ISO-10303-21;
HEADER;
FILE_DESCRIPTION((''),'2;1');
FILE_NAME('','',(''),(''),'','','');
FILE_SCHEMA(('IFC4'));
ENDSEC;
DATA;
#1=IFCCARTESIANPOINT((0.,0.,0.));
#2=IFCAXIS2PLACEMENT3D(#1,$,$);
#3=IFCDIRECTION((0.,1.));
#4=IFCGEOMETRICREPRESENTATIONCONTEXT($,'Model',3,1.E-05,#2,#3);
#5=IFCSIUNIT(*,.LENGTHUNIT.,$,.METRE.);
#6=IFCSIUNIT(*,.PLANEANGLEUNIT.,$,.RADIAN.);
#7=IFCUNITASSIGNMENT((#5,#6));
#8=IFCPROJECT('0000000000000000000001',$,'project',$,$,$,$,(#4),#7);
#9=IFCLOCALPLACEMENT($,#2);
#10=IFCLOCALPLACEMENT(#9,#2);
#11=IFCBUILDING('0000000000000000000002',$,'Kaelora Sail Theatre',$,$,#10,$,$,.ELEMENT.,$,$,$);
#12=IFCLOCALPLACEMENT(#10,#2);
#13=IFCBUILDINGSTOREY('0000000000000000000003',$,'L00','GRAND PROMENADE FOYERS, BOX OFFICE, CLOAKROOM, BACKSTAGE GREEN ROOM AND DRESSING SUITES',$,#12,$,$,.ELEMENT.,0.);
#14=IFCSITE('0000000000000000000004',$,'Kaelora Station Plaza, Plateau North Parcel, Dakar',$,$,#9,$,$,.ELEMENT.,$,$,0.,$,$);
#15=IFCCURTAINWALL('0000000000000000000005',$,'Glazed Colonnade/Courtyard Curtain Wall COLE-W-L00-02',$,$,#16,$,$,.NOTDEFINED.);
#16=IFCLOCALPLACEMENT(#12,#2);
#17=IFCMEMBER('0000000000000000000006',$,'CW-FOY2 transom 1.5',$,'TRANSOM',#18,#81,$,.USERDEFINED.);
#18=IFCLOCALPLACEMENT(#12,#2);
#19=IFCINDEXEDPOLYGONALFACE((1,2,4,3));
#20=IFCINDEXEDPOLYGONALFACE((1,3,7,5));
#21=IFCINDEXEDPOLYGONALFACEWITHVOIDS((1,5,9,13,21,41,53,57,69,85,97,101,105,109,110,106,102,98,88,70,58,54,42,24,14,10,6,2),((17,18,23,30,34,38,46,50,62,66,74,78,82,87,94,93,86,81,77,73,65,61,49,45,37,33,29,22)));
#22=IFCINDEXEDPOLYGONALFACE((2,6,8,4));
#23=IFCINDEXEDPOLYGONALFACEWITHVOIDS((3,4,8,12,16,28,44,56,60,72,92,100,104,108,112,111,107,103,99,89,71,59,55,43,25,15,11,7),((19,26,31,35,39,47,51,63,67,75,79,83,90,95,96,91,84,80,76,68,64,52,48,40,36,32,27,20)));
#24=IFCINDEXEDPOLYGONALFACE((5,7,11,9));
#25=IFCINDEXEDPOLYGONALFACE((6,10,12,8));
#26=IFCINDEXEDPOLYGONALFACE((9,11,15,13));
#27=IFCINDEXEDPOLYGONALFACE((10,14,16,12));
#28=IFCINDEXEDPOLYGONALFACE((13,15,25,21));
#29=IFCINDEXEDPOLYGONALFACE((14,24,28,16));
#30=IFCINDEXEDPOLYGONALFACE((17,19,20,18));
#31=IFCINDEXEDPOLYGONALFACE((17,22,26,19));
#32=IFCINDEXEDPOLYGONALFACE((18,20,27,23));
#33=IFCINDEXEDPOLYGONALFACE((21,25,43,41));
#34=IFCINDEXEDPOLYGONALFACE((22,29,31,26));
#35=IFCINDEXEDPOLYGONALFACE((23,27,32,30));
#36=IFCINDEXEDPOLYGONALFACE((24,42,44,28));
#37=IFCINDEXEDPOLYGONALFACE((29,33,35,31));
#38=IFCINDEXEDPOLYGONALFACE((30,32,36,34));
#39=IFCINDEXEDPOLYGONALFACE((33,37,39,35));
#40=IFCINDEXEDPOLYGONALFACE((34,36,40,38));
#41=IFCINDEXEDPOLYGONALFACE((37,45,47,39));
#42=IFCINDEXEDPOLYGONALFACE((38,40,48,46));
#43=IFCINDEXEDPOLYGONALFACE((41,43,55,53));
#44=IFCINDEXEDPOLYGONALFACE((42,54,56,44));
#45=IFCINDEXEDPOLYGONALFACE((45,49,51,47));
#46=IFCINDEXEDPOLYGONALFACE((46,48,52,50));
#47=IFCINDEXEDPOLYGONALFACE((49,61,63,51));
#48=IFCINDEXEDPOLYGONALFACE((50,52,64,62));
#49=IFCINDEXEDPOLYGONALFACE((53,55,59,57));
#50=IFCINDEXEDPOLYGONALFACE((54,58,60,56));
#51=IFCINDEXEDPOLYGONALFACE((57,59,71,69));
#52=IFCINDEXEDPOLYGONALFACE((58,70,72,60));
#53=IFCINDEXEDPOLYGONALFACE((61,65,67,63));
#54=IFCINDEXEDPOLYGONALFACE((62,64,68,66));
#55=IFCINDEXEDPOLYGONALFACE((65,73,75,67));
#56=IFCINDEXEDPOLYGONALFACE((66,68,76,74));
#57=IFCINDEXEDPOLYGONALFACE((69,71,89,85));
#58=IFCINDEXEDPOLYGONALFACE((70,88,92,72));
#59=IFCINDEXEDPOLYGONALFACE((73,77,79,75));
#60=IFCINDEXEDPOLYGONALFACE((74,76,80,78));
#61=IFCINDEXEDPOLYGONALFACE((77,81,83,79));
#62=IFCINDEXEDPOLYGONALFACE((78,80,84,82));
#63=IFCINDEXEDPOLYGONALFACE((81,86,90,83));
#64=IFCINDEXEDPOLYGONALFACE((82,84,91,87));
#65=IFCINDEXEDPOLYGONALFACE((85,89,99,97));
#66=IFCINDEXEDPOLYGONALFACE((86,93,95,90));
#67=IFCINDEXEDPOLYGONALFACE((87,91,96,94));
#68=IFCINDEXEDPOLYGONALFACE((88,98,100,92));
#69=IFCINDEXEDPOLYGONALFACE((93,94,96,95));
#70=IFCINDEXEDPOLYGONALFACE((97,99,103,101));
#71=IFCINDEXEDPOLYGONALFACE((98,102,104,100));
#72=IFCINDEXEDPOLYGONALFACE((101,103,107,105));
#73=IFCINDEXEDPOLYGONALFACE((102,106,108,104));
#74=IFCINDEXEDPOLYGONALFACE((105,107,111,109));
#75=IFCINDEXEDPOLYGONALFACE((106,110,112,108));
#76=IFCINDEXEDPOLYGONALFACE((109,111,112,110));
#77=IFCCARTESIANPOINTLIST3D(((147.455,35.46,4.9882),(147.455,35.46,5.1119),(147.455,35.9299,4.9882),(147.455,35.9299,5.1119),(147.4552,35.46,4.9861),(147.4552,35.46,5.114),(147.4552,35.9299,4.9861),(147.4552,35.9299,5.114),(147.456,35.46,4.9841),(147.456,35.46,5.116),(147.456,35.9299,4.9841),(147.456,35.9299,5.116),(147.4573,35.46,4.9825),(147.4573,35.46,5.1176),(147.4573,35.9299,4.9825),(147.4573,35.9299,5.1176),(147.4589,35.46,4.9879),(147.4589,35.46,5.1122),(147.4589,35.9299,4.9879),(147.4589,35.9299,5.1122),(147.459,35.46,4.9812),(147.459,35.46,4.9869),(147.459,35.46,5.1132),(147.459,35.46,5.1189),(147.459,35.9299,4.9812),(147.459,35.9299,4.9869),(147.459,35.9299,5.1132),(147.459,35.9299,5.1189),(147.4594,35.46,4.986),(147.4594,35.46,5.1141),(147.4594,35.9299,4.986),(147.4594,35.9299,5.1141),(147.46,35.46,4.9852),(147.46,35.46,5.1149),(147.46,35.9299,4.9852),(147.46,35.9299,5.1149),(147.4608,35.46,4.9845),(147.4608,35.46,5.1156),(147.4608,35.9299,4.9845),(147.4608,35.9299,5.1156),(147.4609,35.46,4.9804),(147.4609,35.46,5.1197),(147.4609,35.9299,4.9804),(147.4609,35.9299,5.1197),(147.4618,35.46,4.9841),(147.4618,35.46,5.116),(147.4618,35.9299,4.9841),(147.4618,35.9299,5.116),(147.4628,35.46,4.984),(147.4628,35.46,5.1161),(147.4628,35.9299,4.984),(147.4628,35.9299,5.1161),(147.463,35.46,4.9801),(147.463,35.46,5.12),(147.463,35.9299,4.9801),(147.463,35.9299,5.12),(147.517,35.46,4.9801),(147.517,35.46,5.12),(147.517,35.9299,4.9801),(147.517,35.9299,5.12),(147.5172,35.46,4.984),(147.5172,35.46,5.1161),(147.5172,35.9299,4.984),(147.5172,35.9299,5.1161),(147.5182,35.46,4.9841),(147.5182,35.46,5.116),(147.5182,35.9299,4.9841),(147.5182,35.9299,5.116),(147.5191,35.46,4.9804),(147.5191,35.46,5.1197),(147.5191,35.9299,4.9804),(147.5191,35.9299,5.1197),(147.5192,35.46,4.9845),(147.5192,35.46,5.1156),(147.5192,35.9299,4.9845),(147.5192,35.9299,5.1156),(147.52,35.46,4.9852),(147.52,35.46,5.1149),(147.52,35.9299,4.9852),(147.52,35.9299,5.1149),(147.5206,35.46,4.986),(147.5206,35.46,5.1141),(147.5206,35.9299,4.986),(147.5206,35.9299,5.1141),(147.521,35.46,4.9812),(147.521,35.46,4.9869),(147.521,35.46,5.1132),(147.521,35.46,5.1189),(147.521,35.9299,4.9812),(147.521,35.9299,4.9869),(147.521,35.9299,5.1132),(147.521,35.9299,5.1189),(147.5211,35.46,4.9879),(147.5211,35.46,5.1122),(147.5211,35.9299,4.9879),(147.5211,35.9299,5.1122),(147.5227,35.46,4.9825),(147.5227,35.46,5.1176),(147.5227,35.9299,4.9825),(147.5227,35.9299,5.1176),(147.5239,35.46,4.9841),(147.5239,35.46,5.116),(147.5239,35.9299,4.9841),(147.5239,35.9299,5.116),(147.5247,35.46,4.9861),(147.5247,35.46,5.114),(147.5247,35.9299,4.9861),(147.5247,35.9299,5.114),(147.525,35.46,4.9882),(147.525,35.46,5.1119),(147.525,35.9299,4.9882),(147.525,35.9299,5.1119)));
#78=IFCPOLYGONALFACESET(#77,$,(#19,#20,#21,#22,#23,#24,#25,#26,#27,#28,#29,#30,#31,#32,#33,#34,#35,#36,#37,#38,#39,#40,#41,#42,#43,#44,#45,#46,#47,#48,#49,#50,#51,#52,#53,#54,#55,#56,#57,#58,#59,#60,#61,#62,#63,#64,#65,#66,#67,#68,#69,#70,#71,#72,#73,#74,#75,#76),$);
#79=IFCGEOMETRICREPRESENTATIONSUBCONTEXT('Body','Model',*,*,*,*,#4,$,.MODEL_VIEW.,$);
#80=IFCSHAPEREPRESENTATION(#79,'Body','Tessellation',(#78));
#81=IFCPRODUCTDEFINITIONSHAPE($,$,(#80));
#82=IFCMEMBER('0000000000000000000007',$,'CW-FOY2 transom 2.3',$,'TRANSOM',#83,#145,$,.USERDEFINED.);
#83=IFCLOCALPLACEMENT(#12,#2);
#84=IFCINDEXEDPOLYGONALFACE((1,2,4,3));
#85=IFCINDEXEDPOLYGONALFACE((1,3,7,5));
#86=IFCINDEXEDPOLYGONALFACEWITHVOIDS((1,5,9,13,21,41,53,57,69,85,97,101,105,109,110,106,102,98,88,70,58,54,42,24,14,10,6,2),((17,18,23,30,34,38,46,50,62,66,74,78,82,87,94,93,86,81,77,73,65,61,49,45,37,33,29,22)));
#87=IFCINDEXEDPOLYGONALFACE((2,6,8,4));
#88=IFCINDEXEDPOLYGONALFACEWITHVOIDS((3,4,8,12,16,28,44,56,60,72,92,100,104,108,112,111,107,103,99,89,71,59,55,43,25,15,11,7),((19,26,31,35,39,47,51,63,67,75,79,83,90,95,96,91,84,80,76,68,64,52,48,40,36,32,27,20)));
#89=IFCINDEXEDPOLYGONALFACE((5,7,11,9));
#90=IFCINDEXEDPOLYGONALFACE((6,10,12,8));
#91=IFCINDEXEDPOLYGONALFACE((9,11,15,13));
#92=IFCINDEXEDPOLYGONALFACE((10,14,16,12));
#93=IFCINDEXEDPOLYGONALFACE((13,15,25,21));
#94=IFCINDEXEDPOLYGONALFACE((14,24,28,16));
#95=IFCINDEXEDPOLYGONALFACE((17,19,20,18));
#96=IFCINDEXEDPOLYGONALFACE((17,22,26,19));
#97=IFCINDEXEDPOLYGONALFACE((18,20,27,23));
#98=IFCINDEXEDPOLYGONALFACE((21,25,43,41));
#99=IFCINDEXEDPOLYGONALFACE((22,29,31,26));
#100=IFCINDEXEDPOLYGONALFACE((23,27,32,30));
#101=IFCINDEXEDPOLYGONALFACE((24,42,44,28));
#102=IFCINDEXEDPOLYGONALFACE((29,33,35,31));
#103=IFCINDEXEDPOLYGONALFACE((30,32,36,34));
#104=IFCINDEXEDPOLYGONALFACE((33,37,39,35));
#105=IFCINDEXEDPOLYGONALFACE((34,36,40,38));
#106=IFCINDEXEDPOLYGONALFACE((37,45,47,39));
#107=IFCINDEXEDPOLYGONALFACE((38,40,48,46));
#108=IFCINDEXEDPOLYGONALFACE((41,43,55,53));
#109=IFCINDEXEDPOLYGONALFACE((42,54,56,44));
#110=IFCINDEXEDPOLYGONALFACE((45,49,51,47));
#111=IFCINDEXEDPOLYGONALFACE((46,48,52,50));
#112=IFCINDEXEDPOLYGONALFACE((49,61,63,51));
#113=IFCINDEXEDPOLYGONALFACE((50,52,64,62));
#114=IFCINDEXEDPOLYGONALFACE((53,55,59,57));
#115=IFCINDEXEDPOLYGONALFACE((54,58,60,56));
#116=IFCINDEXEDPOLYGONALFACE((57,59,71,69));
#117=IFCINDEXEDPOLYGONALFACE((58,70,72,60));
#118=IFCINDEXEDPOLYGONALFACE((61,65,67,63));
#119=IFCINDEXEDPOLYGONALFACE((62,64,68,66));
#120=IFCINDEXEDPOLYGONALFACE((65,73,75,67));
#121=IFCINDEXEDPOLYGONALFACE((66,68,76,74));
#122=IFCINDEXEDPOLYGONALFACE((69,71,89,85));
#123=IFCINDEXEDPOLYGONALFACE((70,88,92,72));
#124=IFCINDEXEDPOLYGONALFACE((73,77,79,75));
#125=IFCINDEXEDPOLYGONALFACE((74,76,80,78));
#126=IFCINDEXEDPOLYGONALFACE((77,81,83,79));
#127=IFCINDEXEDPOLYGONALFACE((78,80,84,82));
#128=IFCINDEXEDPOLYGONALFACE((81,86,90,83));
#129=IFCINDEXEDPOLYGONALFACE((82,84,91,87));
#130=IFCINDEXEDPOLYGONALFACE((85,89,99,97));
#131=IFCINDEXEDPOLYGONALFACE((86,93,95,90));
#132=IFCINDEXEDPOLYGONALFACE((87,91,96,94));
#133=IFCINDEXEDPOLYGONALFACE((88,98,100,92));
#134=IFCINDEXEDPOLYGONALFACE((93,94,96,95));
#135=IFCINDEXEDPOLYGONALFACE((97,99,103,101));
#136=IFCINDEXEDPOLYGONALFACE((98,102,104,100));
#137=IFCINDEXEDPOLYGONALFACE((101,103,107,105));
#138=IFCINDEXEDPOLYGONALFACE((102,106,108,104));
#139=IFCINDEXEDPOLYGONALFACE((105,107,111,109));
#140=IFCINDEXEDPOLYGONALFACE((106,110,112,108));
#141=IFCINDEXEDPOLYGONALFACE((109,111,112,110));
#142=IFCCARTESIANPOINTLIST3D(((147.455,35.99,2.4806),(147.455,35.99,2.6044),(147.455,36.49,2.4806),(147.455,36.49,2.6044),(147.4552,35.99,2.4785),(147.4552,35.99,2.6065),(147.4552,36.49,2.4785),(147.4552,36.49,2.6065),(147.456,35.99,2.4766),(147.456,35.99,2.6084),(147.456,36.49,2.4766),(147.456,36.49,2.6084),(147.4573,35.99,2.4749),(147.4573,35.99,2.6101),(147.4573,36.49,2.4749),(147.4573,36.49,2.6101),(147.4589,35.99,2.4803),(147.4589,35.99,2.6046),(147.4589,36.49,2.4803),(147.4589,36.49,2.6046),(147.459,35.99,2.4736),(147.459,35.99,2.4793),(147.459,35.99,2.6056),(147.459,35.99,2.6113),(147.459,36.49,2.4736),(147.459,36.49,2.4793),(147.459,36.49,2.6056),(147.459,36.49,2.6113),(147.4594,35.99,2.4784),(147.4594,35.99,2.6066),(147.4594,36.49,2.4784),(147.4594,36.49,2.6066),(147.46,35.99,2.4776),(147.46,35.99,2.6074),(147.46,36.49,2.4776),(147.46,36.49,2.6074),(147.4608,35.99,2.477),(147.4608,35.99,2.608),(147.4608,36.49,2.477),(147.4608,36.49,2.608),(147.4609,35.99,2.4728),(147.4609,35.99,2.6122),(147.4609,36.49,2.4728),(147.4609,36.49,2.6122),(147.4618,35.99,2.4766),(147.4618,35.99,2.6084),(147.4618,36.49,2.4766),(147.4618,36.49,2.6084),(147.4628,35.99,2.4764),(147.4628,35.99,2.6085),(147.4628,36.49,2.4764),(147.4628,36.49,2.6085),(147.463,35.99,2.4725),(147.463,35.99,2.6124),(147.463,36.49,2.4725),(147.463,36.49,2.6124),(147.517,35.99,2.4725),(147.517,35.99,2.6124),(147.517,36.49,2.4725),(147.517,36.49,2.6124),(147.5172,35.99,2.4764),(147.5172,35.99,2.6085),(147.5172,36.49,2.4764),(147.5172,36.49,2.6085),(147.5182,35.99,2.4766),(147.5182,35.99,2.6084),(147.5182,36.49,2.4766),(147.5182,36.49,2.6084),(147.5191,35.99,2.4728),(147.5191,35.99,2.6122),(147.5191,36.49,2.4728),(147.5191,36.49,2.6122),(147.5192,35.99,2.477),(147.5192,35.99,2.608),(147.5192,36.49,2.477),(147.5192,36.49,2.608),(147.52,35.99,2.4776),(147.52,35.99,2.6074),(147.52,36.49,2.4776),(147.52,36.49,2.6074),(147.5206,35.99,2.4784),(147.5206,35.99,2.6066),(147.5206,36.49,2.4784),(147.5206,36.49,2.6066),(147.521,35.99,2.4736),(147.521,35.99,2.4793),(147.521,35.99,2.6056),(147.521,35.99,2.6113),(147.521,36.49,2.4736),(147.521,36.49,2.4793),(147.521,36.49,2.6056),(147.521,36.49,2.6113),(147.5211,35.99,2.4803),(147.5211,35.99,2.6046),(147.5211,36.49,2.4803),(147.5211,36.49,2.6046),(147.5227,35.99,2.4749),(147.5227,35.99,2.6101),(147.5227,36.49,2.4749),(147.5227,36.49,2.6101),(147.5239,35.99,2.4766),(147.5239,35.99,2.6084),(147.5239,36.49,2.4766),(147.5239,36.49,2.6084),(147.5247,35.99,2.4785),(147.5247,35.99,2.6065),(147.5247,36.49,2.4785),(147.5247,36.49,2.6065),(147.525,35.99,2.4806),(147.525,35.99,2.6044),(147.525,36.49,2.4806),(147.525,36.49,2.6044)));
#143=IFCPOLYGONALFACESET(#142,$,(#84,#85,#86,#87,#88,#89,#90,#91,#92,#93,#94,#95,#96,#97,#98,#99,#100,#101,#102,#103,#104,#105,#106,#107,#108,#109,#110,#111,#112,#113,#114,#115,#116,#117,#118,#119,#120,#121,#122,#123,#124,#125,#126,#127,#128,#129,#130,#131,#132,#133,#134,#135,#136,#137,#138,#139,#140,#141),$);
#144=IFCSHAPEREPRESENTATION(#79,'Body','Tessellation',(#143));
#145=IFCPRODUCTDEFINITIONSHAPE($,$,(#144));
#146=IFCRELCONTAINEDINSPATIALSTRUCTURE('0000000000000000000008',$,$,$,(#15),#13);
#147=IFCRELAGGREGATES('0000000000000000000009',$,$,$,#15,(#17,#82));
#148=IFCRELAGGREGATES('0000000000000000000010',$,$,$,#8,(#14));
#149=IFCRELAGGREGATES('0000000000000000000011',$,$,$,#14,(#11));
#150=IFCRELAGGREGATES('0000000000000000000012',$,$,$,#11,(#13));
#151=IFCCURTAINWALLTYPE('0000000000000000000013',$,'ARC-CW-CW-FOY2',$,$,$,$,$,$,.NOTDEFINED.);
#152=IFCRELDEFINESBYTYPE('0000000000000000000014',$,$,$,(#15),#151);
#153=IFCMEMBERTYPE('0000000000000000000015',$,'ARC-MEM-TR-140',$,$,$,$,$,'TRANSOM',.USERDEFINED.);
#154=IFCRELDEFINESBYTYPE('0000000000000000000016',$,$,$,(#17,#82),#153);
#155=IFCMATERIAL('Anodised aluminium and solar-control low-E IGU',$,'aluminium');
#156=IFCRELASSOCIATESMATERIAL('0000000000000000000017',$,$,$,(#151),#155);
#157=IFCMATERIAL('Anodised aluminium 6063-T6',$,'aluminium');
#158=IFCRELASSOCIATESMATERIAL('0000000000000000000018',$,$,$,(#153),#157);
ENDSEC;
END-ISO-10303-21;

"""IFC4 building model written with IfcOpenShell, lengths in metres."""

from ifc_helpers import new_model, si_unit, direction, frame, origin, origin_2d, place, context, subcontext, project, spatial, hollow_rectangle, extrude, material, material_profile, profile_set, type_object, element, aggregate, save


model = new_model("IFC4")

# Units and contexts
model_context = context("Model", 3, precision=1e-05, world=origin(), true_north=direction((0.0, 1.0)))
body_context = subcontext(model_context, "Body", "Model", "MODEL_VIEW")
ifc_project = project(units=[si_unit("LENGTHUNIT", "METRE"), si_unit("PLANEANGLEUNIT", "RADIAN")], contexts=[model_context])

# Site, building, storey
site_placement = place(None, origin())
site = spatial("IfcSite", under=ifc_project, at=site_placement, Name="Kaelora Station Plaza, Plateau North Parcel, Dakar", CompositionType="ELEMENT", RefElevation=0.0)
building_placement = place(site_placement, origin())
building = spatial("IfcBuilding", under=site, at=building_placement, Name="Kaelora Sail Theatre", CompositionType="ELEMENT")
storey_placement = place(building_placement, origin())
storey = spatial("IfcBuildingStorey", under=building, at=storey_placement, Name="L00", Description="GRAND PROMENADE FOYERS, BOX OFFICE, CLOAKROOM, BACKSTAGE GREEN ROOM AND DRESSING SUITES", CompositionType="ELEMENT", Elevation=0.0)

# Curtain wall, members
ifc_material_1 = material(Name="Anodised aluminium and solar-control low-E IGU", Category="aluminium")
curtain_wall_type = type_object("IfcCurtainWallType", Name="ARC-CW-CW-FOY2", PredefinedType="NOTDEFINED", material=ifc_material_1)
curtain_wall_placement = place(storey_placement, origin())
curtain_wall = element("IfcCurtainWall", 1, at=curtain_wall_placement, inside=storey, type_object=curtain_wall_type, Name="Glazed Colonnade/Courtyard Curtain Wall COLE-W-L00-02", PredefinedType="NOTDEFINED")
ifc_material_2 = material(Name="Anodised aluminium 6063-T6", Category="aluminium")
ifc_material_profile_1 = material_profile(ifc_material_2, hollow_rectangle(XDim=0.0701, YDim=0.1399, WallThickness=0.0039, InnerFilletRadius=0.0039, OuterFilletRadius=0.0081, at=origin_2d()), Name="ALU-TRAN 70x140x4")
ifc_profile_set_1 = profile_set([ifc_material_profile_1], Name="Anodised aluminium 6063-T6")
member_type_1 = type_object("IfcMemberType", Name="ARC-MEM-TR-140", ElementType="TRANSOM", PredefinedType="USERDEFINED", material=ifc_profile_set_1)
member_1_placement = place(storey_placement, frame((147.49, 35.46, 5.05), z_axis=(0.0, 1.0, 0.0), x_axis=(-1.0, 0.0, 0.0)))
member_1 = element("IfcMember", 2, at=member_1_placement, type_object=member_type_1, Name="CW-FOY2 transom 1.5", ObjectType="TRANSOM", PredefinedType="USERDEFINED", context=body_context, shape_type="SweptSolid", body=[
    extrude(hollow_rectangle(XDim=0.0701, YDim=0.1399, WallThickness=0.0039, InnerFilletRadius=0.0039, OuterFilletRadius=0.0081, at=origin_2d()), origin(), (0.0, 0.0, 1.0), 0.47),
])
member_2_placement = place(storey_placement, frame((147.49, 35.99, 2.5425), z_axis=(0.0, 1.0, 0.0), x_axis=(-1.0, 0.0, 0.0)))
member_2 = element("IfcMember", 3, at=member_2_placement, type_object=member_type_1, Name="CW-FOY2 transom 2.3", ObjectType="TRANSOM", PredefinedType="USERDEFINED", context=body_context, shape_type="SweptSolid", body=[
    extrude(hollow_rectangle(XDim=0.0701, YDim=0.1399, WallThickness=0.0039, InnerFilletRadius=0.0039, OuterFilletRadius=0.0081, at=origin_2d()), origin(), (0.0, 0.0, 1.0), 0.5),
])
aggregate(curtain_wall, [member_1, member_2])

save(model, "model.ifc")
